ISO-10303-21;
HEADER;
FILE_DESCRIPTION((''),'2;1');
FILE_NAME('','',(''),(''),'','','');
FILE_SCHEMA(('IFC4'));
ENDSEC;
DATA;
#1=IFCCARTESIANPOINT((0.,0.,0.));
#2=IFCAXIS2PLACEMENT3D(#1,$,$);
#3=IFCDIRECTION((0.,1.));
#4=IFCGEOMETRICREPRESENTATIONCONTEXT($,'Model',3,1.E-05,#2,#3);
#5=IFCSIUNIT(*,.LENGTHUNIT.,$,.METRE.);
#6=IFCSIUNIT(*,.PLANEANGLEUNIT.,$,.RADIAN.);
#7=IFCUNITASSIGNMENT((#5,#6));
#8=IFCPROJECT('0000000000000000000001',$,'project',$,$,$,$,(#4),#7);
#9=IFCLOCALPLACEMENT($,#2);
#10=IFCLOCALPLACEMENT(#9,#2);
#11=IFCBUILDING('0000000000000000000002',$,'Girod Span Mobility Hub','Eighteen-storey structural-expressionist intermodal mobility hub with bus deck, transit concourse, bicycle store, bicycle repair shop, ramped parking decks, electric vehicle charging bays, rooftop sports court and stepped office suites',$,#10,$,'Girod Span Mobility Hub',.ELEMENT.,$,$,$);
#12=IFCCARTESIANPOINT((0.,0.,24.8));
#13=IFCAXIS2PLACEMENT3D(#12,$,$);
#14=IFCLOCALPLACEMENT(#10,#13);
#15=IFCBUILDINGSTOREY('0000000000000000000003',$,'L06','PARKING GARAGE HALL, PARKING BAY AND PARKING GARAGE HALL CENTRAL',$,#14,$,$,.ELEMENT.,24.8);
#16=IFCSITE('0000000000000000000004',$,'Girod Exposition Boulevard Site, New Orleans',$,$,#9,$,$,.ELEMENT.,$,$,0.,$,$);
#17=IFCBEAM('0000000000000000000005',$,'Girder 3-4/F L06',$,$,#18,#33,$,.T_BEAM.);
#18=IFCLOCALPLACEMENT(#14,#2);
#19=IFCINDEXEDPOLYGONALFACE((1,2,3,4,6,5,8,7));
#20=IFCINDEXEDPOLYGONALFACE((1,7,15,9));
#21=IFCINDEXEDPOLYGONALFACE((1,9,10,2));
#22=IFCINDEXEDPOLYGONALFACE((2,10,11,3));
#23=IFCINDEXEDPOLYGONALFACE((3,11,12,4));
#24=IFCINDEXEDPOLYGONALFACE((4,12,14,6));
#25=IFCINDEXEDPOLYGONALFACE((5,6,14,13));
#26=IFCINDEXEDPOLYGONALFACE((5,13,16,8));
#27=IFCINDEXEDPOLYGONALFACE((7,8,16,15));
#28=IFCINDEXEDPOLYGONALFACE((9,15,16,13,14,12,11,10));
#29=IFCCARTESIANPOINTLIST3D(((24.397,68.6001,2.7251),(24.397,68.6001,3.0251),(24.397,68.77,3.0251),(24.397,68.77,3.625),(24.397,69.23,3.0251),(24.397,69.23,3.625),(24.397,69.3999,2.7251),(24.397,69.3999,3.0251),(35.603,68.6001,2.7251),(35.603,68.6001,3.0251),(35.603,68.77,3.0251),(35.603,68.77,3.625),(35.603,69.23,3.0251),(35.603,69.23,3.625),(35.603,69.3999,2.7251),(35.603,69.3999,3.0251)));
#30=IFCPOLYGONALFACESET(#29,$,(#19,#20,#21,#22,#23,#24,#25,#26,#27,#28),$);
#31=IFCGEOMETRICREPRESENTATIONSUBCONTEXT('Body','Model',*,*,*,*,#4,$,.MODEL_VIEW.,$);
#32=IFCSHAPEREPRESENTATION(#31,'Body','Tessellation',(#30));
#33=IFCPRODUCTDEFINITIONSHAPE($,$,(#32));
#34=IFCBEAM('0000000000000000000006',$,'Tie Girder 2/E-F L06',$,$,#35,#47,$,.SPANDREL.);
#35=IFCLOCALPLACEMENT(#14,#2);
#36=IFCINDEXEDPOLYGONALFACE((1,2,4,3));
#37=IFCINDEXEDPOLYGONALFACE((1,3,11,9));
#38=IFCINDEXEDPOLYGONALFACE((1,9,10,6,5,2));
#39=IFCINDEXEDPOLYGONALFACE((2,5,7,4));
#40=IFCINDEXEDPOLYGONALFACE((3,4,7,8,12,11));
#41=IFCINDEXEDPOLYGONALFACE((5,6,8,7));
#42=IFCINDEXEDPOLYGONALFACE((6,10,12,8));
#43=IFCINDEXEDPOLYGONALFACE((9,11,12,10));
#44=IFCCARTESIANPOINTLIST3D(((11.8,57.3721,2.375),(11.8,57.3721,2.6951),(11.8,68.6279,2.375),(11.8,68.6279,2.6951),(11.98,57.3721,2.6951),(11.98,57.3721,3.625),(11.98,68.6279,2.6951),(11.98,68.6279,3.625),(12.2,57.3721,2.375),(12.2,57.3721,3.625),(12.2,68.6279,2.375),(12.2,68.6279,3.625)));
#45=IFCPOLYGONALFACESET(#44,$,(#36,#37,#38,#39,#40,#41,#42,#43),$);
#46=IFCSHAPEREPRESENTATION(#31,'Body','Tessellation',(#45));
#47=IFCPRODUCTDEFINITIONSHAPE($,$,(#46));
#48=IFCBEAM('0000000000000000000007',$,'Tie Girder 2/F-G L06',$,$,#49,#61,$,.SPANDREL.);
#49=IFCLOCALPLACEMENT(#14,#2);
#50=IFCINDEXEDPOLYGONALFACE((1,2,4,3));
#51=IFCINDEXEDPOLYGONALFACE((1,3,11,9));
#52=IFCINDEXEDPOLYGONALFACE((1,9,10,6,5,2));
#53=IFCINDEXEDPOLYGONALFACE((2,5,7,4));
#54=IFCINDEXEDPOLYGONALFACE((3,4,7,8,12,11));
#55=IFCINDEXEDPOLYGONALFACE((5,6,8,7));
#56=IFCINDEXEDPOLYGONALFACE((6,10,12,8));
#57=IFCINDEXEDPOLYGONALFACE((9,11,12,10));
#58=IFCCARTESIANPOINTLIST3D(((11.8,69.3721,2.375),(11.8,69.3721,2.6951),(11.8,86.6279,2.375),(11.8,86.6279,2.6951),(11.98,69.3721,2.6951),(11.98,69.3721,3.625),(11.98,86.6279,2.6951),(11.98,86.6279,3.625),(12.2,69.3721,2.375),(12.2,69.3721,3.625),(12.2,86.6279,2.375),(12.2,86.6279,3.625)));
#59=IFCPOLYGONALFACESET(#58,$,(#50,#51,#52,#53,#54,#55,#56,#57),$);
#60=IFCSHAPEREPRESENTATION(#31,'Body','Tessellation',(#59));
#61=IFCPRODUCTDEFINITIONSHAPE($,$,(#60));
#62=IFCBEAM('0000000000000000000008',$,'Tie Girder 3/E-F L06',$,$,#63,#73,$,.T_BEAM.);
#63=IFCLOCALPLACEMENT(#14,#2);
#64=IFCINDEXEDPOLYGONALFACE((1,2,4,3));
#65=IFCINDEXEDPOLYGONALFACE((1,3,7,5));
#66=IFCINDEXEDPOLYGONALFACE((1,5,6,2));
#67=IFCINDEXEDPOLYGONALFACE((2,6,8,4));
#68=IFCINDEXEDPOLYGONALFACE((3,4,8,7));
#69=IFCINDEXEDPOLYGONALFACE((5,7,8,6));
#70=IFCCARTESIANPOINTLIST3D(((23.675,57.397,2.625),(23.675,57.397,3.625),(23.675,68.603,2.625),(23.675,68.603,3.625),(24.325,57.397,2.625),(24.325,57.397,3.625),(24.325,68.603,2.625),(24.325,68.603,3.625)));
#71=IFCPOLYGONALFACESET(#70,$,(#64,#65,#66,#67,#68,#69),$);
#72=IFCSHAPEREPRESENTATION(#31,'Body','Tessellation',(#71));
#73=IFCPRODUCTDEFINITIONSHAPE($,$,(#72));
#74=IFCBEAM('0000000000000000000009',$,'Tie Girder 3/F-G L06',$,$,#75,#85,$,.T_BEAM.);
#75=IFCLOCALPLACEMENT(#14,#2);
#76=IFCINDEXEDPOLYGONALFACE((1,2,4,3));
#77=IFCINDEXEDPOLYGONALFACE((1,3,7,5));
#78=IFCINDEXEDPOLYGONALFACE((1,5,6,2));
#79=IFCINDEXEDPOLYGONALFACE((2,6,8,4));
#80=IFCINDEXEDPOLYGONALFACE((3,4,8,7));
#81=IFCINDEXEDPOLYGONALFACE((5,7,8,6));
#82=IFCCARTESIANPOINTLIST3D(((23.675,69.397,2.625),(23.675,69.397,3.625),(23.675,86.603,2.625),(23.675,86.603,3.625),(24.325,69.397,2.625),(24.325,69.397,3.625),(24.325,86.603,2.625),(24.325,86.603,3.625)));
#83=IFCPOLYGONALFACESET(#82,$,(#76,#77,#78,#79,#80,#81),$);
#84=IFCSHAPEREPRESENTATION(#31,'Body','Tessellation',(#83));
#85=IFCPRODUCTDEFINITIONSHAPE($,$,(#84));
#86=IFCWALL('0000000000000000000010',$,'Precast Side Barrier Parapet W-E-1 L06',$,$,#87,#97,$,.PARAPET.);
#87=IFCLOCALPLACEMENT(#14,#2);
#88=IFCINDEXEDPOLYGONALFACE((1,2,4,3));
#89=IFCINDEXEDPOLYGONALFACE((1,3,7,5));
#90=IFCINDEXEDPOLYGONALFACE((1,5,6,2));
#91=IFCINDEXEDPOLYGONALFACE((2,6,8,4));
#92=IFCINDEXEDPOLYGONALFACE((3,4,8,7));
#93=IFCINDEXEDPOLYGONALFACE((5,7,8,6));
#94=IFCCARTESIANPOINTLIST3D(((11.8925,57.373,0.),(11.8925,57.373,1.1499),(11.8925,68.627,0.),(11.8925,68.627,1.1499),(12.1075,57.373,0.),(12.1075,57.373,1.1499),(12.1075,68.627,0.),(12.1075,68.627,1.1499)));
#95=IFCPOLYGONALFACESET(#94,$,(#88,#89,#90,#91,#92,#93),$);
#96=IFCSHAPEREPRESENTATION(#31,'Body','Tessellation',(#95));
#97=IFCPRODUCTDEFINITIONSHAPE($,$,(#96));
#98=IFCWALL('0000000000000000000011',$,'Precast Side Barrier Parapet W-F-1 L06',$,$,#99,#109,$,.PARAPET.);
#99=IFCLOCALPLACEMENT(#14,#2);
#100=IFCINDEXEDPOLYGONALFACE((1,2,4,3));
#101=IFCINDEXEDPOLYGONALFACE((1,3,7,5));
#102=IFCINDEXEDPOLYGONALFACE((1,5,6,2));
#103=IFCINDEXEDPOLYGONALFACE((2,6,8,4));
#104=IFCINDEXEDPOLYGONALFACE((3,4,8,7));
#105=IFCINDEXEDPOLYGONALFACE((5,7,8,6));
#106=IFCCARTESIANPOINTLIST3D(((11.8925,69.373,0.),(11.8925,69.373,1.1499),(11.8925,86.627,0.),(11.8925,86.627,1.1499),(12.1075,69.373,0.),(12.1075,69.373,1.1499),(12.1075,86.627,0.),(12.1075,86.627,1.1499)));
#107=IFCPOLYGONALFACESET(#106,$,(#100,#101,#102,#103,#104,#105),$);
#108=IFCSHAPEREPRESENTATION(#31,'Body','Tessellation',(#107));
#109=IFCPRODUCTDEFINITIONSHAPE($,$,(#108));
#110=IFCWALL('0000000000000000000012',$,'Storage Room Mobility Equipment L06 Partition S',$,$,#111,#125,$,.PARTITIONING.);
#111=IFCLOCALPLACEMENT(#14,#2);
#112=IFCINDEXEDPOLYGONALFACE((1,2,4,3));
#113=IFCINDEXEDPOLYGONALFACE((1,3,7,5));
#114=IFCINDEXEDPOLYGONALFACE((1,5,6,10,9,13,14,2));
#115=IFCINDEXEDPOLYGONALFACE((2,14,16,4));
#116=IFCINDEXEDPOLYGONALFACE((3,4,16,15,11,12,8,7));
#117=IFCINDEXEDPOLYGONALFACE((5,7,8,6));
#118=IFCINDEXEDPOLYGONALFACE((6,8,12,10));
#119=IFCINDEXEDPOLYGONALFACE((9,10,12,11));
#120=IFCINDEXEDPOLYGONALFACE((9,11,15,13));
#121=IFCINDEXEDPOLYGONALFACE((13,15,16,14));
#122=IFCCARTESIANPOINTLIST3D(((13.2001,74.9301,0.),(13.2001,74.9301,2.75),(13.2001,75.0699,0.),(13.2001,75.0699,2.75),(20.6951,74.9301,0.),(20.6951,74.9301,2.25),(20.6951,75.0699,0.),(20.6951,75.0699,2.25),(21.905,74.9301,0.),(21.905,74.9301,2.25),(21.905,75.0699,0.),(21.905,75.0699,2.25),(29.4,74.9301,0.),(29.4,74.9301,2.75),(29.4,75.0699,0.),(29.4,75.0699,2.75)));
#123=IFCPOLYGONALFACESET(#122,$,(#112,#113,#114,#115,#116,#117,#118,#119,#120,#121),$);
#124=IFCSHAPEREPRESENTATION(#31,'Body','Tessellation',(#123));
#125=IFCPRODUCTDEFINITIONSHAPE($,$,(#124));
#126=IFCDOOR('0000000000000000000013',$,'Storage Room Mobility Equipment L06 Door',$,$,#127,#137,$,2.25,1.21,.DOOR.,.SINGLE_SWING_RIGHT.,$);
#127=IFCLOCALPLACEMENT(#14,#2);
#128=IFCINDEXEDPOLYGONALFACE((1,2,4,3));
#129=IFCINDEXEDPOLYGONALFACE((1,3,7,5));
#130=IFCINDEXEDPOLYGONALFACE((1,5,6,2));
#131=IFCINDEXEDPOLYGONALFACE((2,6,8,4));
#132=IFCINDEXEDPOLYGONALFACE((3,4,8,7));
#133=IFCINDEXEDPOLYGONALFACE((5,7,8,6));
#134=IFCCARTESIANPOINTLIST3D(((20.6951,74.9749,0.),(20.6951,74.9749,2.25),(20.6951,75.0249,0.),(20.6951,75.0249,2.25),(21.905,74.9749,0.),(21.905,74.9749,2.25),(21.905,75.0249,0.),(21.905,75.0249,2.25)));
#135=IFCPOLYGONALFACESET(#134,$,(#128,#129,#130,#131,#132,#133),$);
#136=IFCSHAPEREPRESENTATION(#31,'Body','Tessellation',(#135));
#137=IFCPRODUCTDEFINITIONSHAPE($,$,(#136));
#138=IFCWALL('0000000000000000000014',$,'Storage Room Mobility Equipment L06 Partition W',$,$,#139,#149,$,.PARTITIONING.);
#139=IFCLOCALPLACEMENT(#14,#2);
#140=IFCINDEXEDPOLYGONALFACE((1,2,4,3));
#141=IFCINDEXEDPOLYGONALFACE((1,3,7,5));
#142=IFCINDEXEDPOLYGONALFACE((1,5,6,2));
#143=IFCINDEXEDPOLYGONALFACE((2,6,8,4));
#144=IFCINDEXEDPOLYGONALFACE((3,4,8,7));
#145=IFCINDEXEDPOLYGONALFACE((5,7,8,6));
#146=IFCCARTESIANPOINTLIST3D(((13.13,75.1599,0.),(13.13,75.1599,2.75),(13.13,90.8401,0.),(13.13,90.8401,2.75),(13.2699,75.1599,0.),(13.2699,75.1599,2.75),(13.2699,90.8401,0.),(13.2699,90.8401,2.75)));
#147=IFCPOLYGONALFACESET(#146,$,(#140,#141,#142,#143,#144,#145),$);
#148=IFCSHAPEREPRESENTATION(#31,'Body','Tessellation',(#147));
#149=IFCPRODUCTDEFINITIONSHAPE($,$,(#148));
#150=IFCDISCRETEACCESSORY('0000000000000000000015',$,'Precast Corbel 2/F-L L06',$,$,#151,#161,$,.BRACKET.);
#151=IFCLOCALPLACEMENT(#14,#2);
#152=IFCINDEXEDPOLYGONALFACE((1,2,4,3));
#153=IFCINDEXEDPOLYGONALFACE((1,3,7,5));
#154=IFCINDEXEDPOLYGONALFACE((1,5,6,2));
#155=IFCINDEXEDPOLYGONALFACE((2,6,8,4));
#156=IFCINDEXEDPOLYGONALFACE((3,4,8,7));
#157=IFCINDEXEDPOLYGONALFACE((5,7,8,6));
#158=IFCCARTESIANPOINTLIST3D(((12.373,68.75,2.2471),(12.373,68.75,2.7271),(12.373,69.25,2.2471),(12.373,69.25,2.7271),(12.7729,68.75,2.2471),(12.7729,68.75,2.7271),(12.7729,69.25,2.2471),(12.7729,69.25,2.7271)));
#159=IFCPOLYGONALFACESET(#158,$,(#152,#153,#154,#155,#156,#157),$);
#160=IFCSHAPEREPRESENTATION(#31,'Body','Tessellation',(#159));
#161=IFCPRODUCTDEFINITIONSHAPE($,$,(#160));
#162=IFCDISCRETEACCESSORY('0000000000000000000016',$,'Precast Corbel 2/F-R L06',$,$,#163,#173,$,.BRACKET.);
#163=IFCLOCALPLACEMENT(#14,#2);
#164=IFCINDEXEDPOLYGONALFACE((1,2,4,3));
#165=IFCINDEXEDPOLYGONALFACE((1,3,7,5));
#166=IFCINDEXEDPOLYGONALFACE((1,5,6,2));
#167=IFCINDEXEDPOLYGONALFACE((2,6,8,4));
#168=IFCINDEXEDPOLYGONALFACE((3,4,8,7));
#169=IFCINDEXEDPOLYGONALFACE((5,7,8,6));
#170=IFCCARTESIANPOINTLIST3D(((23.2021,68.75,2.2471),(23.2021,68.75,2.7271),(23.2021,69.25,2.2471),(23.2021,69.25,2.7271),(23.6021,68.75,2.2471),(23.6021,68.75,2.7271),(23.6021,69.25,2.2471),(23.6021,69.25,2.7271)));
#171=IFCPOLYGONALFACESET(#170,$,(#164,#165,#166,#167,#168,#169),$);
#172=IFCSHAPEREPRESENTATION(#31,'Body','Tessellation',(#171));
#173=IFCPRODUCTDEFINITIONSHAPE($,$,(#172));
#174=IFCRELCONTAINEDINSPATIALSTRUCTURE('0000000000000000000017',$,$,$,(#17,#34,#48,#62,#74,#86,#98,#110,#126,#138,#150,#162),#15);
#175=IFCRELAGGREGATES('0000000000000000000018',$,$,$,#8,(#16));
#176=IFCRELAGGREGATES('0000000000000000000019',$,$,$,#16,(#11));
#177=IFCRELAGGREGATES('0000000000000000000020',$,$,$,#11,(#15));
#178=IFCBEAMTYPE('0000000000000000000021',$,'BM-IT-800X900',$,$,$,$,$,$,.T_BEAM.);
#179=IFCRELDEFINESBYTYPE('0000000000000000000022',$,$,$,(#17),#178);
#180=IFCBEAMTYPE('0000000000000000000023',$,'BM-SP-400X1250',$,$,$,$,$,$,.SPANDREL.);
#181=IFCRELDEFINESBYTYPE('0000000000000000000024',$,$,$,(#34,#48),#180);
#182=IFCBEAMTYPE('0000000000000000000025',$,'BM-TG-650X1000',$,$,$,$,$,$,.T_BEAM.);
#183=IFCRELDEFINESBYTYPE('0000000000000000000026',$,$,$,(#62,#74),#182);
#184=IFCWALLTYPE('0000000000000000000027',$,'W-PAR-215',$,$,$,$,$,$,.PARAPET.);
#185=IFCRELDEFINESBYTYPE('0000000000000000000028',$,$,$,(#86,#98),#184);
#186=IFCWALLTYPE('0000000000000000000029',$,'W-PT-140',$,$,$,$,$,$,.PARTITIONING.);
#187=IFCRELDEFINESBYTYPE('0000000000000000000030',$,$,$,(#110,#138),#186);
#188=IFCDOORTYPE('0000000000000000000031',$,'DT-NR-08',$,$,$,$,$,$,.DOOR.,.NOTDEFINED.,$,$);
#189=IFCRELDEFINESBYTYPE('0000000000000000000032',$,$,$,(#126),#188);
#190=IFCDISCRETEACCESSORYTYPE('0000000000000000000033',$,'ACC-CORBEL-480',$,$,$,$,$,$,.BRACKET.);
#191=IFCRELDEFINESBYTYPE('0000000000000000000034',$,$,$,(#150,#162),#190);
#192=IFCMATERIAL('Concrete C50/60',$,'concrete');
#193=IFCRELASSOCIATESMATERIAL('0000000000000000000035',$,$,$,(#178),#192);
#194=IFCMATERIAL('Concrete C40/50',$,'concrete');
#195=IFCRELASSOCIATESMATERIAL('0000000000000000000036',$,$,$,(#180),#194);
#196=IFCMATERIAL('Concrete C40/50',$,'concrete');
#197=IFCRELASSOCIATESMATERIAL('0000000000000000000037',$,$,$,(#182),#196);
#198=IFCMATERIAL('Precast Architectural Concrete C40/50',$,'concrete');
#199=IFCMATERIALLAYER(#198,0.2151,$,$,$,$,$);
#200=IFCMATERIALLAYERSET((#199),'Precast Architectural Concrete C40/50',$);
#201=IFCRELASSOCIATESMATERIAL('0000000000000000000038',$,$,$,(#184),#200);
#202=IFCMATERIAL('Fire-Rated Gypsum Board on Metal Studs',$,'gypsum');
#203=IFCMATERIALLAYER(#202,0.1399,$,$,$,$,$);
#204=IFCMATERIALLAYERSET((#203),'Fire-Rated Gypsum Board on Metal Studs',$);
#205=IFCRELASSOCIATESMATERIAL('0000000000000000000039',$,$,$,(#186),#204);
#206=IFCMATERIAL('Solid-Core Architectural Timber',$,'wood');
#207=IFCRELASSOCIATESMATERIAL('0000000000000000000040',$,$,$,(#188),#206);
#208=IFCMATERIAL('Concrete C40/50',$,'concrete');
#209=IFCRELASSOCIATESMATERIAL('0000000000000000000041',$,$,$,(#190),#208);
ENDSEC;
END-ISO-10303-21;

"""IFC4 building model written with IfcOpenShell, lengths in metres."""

from ifc_helpers import new_model, si_unit, direction, frame, frame_2d, origin, origin_2d, place, context, subcontext, project, spatial, polyline, rectangle, outline, extrude, material, layer, layer_set, material_profile, profile_set, type_object, element, fill, save


model = new_model("IFC4")

# Units and contexts
model_context = context("Model", 3, precision=1e-05, world=origin(), true_north=direction((0.0, 1.0)))
body_context = subcontext(model_context, "Body", "Model", "MODEL_VIEW")
ifc_project = project(units=[si_unit("LENGTHUNIT", "METRE"), si_unit("PLANEANGLEUNIT", "RADIAN")], contexts=[model_context])

# Site, building, storey
site_placement = place(None, origin())
site = spatial("IfcSite", under=ifc_project, at=site_placement, Name="Girod Exposition Boulevard Site, New Orleans", CompositionType="ELEMENT", RefElevation=0.0)
building_placement = place(site_placement, origin())
building = spatial("IfcBuilding", under=site, at=building_placement, Name="Girod Span Mobility Hub", Description="Eighteen-storey structural-expressionist intermodal mobility hub with bus deck, transit concourse, bicycle store, bicycle repair shop, ramped parking decks, electric vehicle charging bays, rooftop sports court and stepped office suites", LongName="Girod Span Mobility Hub", CompositionType="ELEMENT")
storey_placement = place(building_placement, frame((0.0, 0.0, 24.8)))
storey = spatial("IfcBuildingStorey", under=building, at=storey_placement, Name="L06", Description="PARKING GARAGE HALL, PARKING BAY AND PARKING GARAGE HALL CENTRAL", CompositionType="ELEMENT", Elevation=24.8)

# Beams
ifc_material_1 = material(Name="Concrete C50/60", Category="concrete")
ifc_material_profile_1 = material_profile(ifc_material_1, outline(polyline([(-0.3999, -0.45), (0.3999, -0.45), (0.3999, -0.1499), (0.23, -0.1499), (0.23, 0.45), (-0.23, 0.45), (-0.23, -0.1499), (-0.3999, -0.1499), (-0.3999, -0.45)])), Name="IT-800X900")
ifc_profile_set_1 = profile_set([ifc_material_profile_1], Name="Concrete C50/60")
beam_type_1 = type_object("IfcBeamType", Name="BM-IT-800X900", PredefinedType="T_BEAM", material=ifc_profile_set_1)
beam_1_placement = place(storey_placement, frame((24.397, 69.0, 3.175), z_axis=(1.0, 0.0, 0.0), x_axis=(0.0, 1.0, 0.0)))
element("IfcBeam", 1, at=beam_1_placement, inside=storey, type_object=beam_type_1, Name="Girder 3-4/F L06", PredefinedType="T_BEAM", context=body_context, shape_type="SweptSolid", body=[
    extrude(outline(polyline([(-0.3999, -0.45), (0.3999, -0.45), (0.3999, -0.1499), (0.23, -0.1499), (0.23, 0.45), (-0.23, 0.45), (-0.23, -0.1499), (-0.3999, -0.1499), (-0.3999, -0.45)])), origin(), (0.0, 0.0, 1.0), 11.2061),
])
ifc_material_2 = material(Name="Concrete C40/50", Category="concrete")
ifc_material_profile_2 = material_profile(ifc_material_2, outline(polyline([(-0.2, -0.625), (0.2, -0.625), (0.2, -0.3049), (0.02, -0.3049), (0.02, 0.625), (-0.2, 0.625), (-0.2, -0.625)])), Name="SP-400X1250")
ifc_profile_set_2 = profile_set([ifc_material_profile_2], Name="Concrete C40/50")
beam_type_2 = type_object("IfcBeamType", Name="BM-SP-400X1250", PredefinedType="SPANDREL", material=ifc_profile_set_2)
beam_2_placement = place(storey_placement, frame((12.0, 57.3721, 3.0), z_axis=(0.0, 1.0, 0.0), x_axis=(-1.0, 0.0, 0.0)))
element("IfcBeam", 2, at=beam_2_placement, inside=storey, type_object=beam_type_2, Name="Tie Girder 2/E-F L06", PredefinedType="SPANDREL", context=body_context, shape_type="SweptSolid", body=[
    extrude(outline(polyline([(-0.2, -0.625), (0.2, -0.625), (0.2, -0.3049), (0.02, -0.3049), (0.02, 0.625), (-0.2, 0.625), (-0.2, -0.625)])), origin(), (0.0, 0.0, 1.0), 11.2559),
])
beam_3_placement = place(storey_placement, frame((12.0, 69.3721, 3.0), z_axis=(0.0, 1.0, 0.0), x_axis=(-1.0, 0.0, 0.0)))
element("IfcBeam", 3, at=beam_3_placement, inside=storey, type_object=beam_type_2, Name="Tie Girder 2/F-G L06", PredefinedType="SPANDREL", context=body_context, shape_type="SweptSolid", body=[
    extrude(outline(polyline([(-0.2, -0.625), (0.2, -0.625), (0.2, -0.3049), (0.02, -0.3049), (0.02, 0.625), (-0.2, 0.625), (-0.2, -0.625)])), origin(), (0.0, 0.0, 1.0), 17.2559),
])
ifc_material_3 = material(Name="Concrete C40/50", Category="concrete")
ifc_material_profile_3 = material_profile(ifc_material_3, rectangle(XDim=0.6499, YDim=1.0, at=origin_2d()), Name="TG-650X1000")
ifc_profile_set_3 = profile_set([ifc_material_profile_3], Name="Concrete C40/50")
beam_type_3 = type_object("IfcBeamType", Name="BM-TG-650X1000", PredefinedType="T_BEAM", material=ifc_profile_set_3)
beam_4_placement = place(storey_placement, frame((24.0, 57.397, 3.125), z_axis=(0.0, 1.0, 0.0), x_axis=(-1.0, 0.0, 0.0)))
element("IfcBeam", 4, at=beam_4_placement, inside=storey, type_object=beam_type_3, Name="Tie Girder 3/E-F L06", PredefinedType="T_BEAM", context=body_context, shape_type="SweptSolid", body=[
    extrude(rectangle(XDim=0.6499, YDim=1.0, at=origin_2d()), origin(), (0.0, 0.0, 1.0), 11.2061),
])
beam_5_placement = place(storey_placement, frame((24.0, 69.397, 3.125), z_axis=(0.0, 1.0, 0.0), x_axis=(-1.0, 0.0, 0.0)))
element("IfcBeam", 5, at=beam_5_placement, inside=storey, type_object=beam_type_3, Name="Tie Girder 3/F-G L06", PredefinedType="T_BEAM", context=body_context, shape_type="SweptSolid", body=[
    extrude(rectangle(XDim=0.6499, YDim=1.0, at=origin_2d()), origin(), (0.0, 0.0, 1.0), 17.2061),
])

# Walls
ifc_material_4 = material(Name="Precast Architectural Concrete C40/50", Category="concrete")
ifc_layer_1 = layer(ifc_material_4, 0.2151)
ifc_layer_set_1 = layer_set([ifc_layer_1], Name="Precast Architectural Concrete C40/50")
wall_type_1 = type_object("IfcWallType", Name="W-PAR-215", PredefinedType="PARAPET", material=ifc_layer_set_1)
wall_1_placement = place(storey_placement, frame((12.0, 57.373, 0.0), z_axis=(0.0, 0.0, 1.0), x_axis=(0.0, 1.0, 0.0)))
element("IfcWall", 6, at=wall_1_placement, inside=storey, type_object=wall_type_1, Name="Precast Side Barrier Parapet W-E-1 L06", PredefinedType="PARAPET", context=body_context, shape_type="SweptSolid", body=[
    extrude(rectangle(XDim=11.2539, YDim=0.2151, at=frame_2d((5.627, 0.0))), origin(), (0.0, 0.0, 1.0), 1.1499),
])
wall_2_placement = place(storey_placement, frame((12.0, 69.373, 0.0), z_axis=(0.0, 0.0, 1.0), x_axis=(0.0, 1.0, 0.0)))
element("IfcWall", 7, at=wall_2_placement, inside=storey, type_object=wall_type_1, Name="Precast Side Barrier Parapet W-F-1 L06", PredefinedType="PARAPET", context=body_context, shape_type="SweptSolid", body=[
    extrude(rectangle(XDim=17.2539, YDim=0.2151, at=frame_2d((8.627, 0.0))), origin(), (0.0, 0.0, 1.0), 1.1499),
])

# Wall, opening, door
ifc_material_5 = material(Name="Fire-Rated Gypsum Board on Metal Studs", Category="gypsum")
ifc_layer_2 = layer(ifc_material_5, 0.1399)
ifc_layer_set_2 = layer_set([ifc_layer_2], Name="Fire-Rated Gypsum Board on Metal Studs")
wall_type_2 = type_object("IfcWallType", Name="W-PT-140", PredefinedType="PARTITIONING", material=ifc_layer_set_2)
wall_3_placement = place(storey_placement, frame((13.2, 75.0, 0.0), z_axis=(0.0, 0.0, 1.0), x_axis=(1.0, 0.0, 0.0)))
wall_3 = element("IfcWall", 8, at=wall_3_placement, inside=storey, type_object=wall_type_2, Name="Storage Room Mobility Equipment L06 Partition S", PredefinedType="PARTITIONING", context=body_context, shape_type="SweptSolid", body=[
    extrude(rectangle(XDim=16.2, YDim=0.1399, at=frame_2d((8.1001, 0.0))), origin(), (0.0, 0.0, 1.0), 2.75),
])
opening_placement = place(wall_3_placement, frame((7.4951, 0.0, 0.0)))
opening = element("IfcOpeningElement", 9, at=opening_placement, cuts=wall_3, PredefinedType="OPENING", context=body_context, shape_type="SweptSolid", body=[
    extrude(rectangle(XDim=1.21, YDim=2.25, at=frame_2d((0.605, 1.125))), frame((0.0, 0.085, 0.0), z_axis=(0.0, -1.0, 0.0), x_axis=(1.0, 0.0, 0.0)), (0.0, 0.0, 1.0), 0.1699),
])
ifc_material_6 = material(Name="Solid-Core Architectural Timber", Category="wood")
door_type = type_object("IfcDoorType", Name="DT-NR-08", OperationType="NOTDEFINED", PredefinedType="DOOR", material=ifc_material_6)
door_placement = place(opening_placement, origin())
door = element("IfcDoor", 10, at=door_placement, inside=storey, type_object=door_type, Name="Storage Room Mobility Equipment L06 Door", OperationType="SINGLE_SWING_RIGHT", OverallHeight=2.25, OverallWidth=1.21, PredefinedType="DOOR", context=body_context, shape_type="SweptSolid", body=[
    extrude(rectangle(XDim=1.21, YDim=2.25, at=frame_2d((0.605, 1.125))), frame((0.0, 0.0249, 0.0), z_axis=(0.0, -1.0, 0.0), x_axis=(1.0, 0.0, 0.0)), (0.0, 0.0, 1.0), 0.05),
])
fill(opening, door)

# Wall
wall_4_placement = place(storey_placement, frame((13.2, 75.1599, 0.0), z_axis=(0.0, 0.0, 1.0), x_axis=(0.0, 1.0, 0.0)))
element("IfcWall", 11, at=wall_4_placement, inside=storey, type_object=wall_type_2, Name="Storage Room Mobility Equipment L06 Partition W", PredefinedType="PARTITIONING", context=body_context, shape_type="SweptSolid", body=[
    extrude(rectangle(XDim=15.6802, YDim=0.1399, at=frame_2d((7.8401, 0.0))), origin(), (0.0, 0.0, 1.0), 2.75),
])

# Discrete accessories
ifc_material_7 = material(Name="Concrete C40/50", Category="concrete")
discrete_accessory_type = type_object("IfcDiscreteAccessoryType", Name="ACC-CORBEL-480", PredefinedType="BRACKET", material=ifc_material_7)
for number, where, z_axis, x_axis, name in (
    (12, (12.573, 69.0, 2.2471), (0.0, 0.0, 1.0), (1.0, 0.0, 0.0), "Precast Corbel 2/F-L L06"),
    (13, (23.4021, 69.0, 2.2471), (0.0, 0.0, 1.0), (1.0, 0.0, 0.0), "Precast Corbel 2/F-R L06"),
):
    element("IfcDiscreteAccessory", number, at=place(storey_placement, frame(where, z_axis=z_axis, x_axis=x_axis)), inside=storey, type_object=discrete_accessory_type, Name=name, PredefinedType="BRACKET", context=body_context, shape_type="SweptSolid", body=[
        extrude(rectangle(XDim=0.3999, YDim=0.5, at=origin_2d()), origin(), (0.0, 0.0, 1.0), 0.48),
    ])

save(model, "model.ifc")
